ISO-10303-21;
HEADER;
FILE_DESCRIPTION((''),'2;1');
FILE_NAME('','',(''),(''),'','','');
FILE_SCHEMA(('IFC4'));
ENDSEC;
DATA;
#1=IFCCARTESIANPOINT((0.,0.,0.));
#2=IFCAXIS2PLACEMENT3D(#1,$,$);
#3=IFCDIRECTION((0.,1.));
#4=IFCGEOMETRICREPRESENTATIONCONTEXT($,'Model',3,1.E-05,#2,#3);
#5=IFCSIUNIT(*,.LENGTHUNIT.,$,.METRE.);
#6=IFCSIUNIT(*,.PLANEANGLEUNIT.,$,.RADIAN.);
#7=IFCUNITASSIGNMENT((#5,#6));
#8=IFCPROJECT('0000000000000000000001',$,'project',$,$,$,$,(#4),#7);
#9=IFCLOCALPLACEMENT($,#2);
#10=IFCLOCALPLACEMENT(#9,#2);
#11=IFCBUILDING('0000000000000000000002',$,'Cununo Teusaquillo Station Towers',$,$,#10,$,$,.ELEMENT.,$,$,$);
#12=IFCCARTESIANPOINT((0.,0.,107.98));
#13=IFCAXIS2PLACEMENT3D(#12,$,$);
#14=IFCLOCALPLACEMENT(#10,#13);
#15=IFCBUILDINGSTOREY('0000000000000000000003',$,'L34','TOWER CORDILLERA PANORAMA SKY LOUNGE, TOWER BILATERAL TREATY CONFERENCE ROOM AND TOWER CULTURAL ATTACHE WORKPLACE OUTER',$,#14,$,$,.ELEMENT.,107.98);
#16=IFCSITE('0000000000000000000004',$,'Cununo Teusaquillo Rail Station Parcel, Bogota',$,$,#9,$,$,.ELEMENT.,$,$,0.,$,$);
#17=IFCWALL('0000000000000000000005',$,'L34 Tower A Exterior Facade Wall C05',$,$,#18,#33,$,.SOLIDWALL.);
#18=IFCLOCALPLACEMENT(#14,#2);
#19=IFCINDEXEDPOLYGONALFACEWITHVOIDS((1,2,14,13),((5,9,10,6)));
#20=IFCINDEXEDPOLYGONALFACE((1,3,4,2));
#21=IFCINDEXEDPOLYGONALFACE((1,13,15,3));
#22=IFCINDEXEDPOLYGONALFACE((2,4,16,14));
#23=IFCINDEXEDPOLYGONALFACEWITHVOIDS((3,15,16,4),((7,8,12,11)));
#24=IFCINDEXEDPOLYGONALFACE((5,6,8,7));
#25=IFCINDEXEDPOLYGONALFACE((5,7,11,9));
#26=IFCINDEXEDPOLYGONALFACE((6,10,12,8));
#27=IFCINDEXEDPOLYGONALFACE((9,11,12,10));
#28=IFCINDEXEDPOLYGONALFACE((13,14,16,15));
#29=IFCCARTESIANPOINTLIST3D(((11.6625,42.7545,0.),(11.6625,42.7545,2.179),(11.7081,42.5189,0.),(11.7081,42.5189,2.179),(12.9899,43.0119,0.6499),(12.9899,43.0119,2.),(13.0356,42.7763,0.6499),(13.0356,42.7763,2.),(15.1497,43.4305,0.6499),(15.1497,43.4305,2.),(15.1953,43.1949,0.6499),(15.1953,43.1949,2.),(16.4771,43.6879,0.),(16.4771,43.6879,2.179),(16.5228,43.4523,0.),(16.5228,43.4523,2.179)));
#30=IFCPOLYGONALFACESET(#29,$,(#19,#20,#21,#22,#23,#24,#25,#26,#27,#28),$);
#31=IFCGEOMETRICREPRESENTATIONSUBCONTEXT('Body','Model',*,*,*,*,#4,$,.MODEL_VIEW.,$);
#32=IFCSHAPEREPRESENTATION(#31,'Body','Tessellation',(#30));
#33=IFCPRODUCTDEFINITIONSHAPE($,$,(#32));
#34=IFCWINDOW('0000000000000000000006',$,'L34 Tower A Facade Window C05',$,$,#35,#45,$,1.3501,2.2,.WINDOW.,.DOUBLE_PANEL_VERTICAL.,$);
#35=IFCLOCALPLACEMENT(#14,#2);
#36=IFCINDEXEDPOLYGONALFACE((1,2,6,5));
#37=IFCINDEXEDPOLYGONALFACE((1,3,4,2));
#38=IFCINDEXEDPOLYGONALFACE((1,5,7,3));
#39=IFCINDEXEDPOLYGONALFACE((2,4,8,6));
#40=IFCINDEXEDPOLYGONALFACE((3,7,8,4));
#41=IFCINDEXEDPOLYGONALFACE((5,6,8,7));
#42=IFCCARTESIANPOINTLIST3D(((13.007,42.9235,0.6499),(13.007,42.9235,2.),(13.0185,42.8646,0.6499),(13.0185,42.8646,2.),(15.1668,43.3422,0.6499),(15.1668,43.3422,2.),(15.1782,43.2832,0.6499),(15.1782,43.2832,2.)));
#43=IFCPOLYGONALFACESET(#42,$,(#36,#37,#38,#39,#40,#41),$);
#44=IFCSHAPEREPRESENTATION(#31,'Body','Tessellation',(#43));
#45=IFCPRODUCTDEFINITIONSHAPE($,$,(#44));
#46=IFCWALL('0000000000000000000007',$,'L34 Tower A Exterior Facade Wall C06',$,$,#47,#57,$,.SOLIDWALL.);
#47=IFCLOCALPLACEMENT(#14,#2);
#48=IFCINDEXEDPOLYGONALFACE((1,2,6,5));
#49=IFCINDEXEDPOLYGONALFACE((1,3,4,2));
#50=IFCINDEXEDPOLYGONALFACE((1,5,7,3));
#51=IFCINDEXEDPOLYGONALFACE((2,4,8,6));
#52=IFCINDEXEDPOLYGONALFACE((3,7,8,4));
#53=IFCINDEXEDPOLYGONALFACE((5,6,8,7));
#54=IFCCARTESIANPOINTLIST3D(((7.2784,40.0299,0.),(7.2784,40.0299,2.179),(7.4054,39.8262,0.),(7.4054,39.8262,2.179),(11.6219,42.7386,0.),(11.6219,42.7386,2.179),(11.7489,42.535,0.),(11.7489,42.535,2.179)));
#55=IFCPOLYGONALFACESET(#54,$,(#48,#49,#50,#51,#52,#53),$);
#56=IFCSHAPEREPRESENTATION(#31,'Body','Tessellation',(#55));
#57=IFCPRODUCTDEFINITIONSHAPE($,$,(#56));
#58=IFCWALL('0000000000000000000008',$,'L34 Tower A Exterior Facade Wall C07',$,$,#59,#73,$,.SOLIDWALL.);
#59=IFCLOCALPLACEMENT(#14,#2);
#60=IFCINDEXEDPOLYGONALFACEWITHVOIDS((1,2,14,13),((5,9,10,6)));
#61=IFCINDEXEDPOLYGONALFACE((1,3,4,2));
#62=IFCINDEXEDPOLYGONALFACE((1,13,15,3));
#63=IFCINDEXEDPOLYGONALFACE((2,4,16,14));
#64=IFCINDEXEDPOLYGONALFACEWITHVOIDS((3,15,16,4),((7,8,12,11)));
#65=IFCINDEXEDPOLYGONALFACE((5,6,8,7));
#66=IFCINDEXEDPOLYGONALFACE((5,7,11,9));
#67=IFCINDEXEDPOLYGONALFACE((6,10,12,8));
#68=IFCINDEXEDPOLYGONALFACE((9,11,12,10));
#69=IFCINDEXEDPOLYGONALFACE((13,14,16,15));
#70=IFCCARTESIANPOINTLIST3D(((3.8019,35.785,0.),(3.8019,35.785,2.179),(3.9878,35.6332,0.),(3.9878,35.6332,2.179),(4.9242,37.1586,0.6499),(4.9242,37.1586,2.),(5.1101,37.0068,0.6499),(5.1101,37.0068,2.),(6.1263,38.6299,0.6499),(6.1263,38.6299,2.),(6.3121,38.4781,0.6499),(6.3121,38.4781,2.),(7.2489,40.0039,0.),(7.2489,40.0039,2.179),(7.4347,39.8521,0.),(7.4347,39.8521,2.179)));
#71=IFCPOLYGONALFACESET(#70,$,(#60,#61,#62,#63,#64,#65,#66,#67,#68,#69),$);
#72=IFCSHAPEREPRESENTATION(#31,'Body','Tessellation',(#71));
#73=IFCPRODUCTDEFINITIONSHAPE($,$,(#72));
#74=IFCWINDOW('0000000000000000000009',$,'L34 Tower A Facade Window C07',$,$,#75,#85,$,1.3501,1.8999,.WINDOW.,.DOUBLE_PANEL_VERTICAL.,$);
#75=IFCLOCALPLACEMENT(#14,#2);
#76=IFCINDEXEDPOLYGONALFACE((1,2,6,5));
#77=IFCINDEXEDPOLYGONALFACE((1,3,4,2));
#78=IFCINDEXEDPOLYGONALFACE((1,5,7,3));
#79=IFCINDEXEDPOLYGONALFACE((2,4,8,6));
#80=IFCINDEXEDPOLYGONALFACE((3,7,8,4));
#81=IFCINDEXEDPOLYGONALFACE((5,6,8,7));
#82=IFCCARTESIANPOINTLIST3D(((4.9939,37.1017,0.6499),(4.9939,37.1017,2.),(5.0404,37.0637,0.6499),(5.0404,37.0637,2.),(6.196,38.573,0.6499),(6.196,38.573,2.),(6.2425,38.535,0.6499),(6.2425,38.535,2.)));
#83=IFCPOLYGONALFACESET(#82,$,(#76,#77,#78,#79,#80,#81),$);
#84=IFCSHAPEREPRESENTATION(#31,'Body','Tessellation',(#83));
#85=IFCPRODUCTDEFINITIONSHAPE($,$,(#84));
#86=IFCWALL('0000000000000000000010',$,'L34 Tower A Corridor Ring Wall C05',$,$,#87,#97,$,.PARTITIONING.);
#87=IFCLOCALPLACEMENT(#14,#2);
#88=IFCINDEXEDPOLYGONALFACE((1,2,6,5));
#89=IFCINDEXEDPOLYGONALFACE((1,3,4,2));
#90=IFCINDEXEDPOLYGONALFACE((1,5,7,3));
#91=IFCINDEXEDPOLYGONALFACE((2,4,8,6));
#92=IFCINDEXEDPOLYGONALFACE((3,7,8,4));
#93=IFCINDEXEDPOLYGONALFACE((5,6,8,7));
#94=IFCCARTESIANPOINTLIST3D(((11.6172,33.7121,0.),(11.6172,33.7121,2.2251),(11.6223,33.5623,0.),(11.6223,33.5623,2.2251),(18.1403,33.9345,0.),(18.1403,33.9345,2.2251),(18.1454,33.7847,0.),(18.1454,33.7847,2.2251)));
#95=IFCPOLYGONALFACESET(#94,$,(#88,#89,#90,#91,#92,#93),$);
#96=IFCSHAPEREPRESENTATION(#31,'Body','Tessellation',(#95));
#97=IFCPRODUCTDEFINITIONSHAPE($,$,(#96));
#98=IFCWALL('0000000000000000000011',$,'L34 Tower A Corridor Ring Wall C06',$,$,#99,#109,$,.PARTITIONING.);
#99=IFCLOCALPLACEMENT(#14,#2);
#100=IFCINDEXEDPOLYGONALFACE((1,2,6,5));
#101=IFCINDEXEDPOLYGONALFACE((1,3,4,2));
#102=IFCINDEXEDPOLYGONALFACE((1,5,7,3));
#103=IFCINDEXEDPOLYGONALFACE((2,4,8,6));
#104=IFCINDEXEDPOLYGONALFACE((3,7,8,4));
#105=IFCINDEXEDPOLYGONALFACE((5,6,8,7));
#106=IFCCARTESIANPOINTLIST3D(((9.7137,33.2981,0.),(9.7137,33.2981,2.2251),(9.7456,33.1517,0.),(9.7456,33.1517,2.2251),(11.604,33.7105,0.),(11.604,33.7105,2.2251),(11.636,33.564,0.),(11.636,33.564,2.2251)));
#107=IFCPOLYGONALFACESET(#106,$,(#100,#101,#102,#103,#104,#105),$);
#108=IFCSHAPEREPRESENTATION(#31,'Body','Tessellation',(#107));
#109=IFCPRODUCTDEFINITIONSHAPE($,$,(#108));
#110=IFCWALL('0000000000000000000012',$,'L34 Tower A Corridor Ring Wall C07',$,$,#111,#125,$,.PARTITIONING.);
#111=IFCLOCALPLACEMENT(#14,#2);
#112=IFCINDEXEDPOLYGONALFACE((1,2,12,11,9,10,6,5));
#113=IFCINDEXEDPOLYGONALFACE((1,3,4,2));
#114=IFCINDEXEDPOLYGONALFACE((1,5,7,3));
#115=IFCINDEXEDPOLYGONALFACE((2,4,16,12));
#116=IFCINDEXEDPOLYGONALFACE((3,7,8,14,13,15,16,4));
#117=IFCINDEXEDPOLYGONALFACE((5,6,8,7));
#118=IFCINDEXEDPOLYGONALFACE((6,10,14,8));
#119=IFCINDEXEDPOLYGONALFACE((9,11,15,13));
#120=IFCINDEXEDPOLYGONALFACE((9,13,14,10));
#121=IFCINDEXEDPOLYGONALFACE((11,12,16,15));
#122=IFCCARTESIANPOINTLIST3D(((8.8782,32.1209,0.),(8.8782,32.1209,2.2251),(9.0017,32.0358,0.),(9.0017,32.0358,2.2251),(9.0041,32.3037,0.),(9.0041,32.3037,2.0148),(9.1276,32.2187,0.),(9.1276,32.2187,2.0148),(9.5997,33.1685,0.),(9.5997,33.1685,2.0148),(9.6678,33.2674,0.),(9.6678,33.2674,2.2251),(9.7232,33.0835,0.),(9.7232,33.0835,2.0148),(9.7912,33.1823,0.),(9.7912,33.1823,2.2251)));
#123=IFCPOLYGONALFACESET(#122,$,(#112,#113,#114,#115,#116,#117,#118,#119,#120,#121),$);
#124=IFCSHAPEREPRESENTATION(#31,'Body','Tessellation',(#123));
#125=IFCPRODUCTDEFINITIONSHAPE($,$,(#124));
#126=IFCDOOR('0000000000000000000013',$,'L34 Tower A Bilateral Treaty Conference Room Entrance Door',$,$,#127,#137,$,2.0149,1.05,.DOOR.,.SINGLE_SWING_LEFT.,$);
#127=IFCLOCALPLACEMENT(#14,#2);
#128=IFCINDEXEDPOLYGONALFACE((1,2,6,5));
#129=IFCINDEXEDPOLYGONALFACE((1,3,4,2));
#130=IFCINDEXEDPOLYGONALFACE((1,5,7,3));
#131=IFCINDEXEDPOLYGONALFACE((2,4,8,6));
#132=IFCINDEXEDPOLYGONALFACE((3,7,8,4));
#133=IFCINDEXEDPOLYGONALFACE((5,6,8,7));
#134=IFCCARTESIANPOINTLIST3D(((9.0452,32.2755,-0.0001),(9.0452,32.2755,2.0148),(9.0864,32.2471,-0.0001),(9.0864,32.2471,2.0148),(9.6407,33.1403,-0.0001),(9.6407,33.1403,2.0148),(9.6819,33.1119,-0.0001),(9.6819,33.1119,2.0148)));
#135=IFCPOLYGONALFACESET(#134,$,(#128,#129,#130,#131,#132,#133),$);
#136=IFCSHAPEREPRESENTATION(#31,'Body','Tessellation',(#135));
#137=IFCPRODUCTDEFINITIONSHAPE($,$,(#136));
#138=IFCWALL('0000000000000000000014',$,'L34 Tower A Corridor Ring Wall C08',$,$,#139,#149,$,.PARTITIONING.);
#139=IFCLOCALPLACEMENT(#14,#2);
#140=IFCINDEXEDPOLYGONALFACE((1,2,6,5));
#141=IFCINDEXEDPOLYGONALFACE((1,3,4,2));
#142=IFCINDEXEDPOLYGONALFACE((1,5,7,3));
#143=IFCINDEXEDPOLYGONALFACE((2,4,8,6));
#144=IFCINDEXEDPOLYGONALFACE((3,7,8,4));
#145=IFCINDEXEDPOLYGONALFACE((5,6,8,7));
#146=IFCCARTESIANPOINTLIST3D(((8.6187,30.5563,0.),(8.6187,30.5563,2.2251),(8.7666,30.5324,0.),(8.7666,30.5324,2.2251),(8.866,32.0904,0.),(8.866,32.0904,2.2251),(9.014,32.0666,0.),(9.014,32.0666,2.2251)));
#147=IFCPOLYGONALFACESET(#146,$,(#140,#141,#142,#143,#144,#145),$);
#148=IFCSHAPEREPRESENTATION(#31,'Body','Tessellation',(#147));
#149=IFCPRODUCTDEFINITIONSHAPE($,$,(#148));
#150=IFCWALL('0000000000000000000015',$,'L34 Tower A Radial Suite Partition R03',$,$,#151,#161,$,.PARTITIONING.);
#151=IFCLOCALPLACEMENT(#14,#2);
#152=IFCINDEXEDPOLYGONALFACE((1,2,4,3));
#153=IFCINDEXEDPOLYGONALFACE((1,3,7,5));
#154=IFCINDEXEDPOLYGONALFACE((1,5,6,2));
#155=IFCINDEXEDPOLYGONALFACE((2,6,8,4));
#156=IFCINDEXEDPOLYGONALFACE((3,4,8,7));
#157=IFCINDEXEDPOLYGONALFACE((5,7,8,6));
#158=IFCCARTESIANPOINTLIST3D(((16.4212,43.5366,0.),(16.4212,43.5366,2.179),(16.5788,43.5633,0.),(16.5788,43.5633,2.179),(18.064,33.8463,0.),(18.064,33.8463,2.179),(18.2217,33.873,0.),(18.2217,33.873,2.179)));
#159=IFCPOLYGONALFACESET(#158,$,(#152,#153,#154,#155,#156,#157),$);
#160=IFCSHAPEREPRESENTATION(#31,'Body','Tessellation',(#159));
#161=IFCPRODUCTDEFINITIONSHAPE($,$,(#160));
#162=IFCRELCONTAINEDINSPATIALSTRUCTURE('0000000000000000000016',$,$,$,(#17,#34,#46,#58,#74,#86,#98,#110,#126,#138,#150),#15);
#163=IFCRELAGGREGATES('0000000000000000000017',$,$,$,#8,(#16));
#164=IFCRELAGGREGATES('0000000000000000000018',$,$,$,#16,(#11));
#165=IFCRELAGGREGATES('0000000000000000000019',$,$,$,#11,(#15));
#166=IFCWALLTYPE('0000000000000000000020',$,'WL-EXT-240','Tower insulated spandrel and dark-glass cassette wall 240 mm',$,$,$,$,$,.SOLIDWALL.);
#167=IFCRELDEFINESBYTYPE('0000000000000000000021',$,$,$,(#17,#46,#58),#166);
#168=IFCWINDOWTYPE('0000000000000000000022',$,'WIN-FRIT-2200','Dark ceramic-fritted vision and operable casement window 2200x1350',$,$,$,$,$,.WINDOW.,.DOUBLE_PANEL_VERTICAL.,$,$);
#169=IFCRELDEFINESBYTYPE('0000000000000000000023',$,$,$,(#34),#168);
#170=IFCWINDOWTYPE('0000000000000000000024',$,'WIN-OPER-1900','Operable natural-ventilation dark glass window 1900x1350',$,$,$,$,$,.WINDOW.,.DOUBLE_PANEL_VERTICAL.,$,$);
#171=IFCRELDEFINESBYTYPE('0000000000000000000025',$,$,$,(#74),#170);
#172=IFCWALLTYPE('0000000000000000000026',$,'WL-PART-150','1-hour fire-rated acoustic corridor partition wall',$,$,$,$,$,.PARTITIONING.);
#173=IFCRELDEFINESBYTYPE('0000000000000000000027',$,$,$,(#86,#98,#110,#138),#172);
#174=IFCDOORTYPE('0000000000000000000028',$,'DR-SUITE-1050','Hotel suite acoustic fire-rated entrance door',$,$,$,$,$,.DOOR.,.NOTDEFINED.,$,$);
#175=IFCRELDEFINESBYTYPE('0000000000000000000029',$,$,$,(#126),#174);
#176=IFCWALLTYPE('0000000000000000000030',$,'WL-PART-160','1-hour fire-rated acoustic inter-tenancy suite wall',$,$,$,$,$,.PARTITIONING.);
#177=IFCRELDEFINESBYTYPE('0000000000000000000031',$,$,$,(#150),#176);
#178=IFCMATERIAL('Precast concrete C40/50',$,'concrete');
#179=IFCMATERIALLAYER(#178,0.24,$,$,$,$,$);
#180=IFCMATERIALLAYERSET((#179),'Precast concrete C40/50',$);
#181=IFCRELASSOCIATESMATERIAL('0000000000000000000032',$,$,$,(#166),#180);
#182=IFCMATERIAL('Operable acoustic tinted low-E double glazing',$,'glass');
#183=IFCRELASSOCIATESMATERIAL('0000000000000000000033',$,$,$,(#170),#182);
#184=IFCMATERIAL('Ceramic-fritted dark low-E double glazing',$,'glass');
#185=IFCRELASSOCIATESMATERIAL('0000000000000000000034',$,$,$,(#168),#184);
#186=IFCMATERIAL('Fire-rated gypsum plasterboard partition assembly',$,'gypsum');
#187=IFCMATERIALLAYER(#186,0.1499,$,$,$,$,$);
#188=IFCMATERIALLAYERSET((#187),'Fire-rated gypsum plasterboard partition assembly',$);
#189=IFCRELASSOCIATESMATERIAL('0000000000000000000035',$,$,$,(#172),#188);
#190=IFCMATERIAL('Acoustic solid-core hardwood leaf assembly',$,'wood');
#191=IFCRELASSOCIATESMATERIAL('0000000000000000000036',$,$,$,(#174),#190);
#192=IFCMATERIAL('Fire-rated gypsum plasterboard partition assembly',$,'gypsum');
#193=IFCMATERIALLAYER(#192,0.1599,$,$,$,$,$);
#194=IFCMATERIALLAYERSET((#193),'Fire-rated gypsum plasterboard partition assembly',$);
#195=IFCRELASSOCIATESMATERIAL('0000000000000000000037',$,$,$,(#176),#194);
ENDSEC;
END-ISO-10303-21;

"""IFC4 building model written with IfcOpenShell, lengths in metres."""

from ifc_helpers import new_model, si_unit, direction, frame, frame_2d, origin, place, context, subcontext, project, spatial, rectangle, extrude, source, transform, mapped, material, layer, layer_set, type_object, element, fill, save


model = new_model("IFC4")

# Units and contexts
model_context = context("Model", 3, precision=1e-05, world=origin(), true_north=direction((0.0, 1.0)))
body_context = subcontext(model_context, "Body", "Model", "MODEL_VIEW")
ifc_project = project(units=[si_unit("LENGTHUNIT", "METRE"), si_unit("PLANEANGLEUNIT", "RADIAN")], contexts=[model_context])

# Site, building, storey
site_placement = place(None, origin())
site = spatial("IfcSite", under=ifc_project, at=site_placement, Name="Cununo Teusaquillo Rail Station Parcel, Bogota", CompositionType="ELEMENT", RefElevation=0.0)
building_placement = place(site_placement, origin())
building = spatial("IfcBuilding", under=site, at=building_placement, Name="Cununo Teusaquillo Station Towers", CompositionType="ELEMENT")
storey_placement = place(building_placement, frame((0.0, 0.0, 107.98)))
storey = spatial("IfcBuildingStorey", under=building, at=storey_placement, Name="L34", Description="TOWER CORDILLERA PANORAMA SKY LOUNGE, TOWER BILATERAL TREATY CONFERENCE ROOM AND TOWER CULTURAL ATTACHE WORKPLACE OUTER", CompositionType="ELEMENT", Elevation=107.98)

# Wall, opening, window
ifc_material_1 = material(Name="Precast concrete C40/50", Category="concrete")
ifc_layer_1 = layer(ifc_material_1, 0.24)
ifc_layer_set_1 = layer_set([ifc_layer_1], Name="Precast concrete C40/50")
wall_type_1 = type_object("IfcWallType", Name="WL-EXT-240", Description="Tower insulated spandrel and dark-glass cassette wall 240 mm", PredefinedType="SOLIDWALL", material=ifc_layer_set_1)
shared_shape_1 = source(origin(), body_context, "Body", "SweptSolid", [
    extrude(rectangle(XDim=1.8999, YDim=1.3501, at=frame_2d((0.95, 0.675))), frame((0.0, 0.1299, 0.0), z_axis=(0.0, -1.0, 0.0), x_axis=(1.0, 0.0, 0.0)), (0.0, 0.0, 1.0), 0.26),
])
ifc_material_2 = material(Name="Operable acoustic tinted low-E double glazing", Category="glass")
window_type_1 = type_object("IfcWindowType", Name="WIN-OPER-1900", Description="Operable natural-ventilation dark glass window 1900x1350", PartitioningType="DOUBLE_PANEL_VERTICAL", PredefinedType="WINDOW", material=ifc_material_2)
shared_shape_2 = source(origin(), body_context, "Body", "SweptSolid", [
    extrude(rectangle(XDim=1.8999, YDim=1.3501, at=frame_2d((0.95, 0.675))), frame((0.0, 0.03, 0.0), z_axis=(0.0, -1.0, 0.0), x_axis=(1.0, 0.0, 0.0)), (0.0, 0.0, 1.0), 0.0601),
])
wall_1_placement = place(storey_placement, frame((11.6853, 42.6367, 0.0), z_axis=(0.0, 0.0, 1.0), x_axis=(0.981724, 0.190311, 0.0)))
wall_1 = element("IfcWall", 1, at=wall_1_placement, inside=storey, type_object=wall_type_1, Name="L34 Tower A Exterior Facade Wall C05", PredefinedType="SOLIDWALL", context=body_context, shape_type="SweptSolid", body=[
    extrude(rectangle(XDim=4.9043, YDim=0.24, at=frame_2d((2.4521, 0.0))), origin(), (0.0, 0.0, 1.0), 2.179),
])
shared_shape_3 = source(origin(), body_context, "Body", "SweptSolid", [
    extrude(rectangle(XDim=2.2, YDim=1.3501, at=frame_2d((1.1001, 0.675))), frame((0.0, 0.1299, 0.0), z_axis=(0.0, -1.0, 0.0), x_axis=(1.0, 0.0, 0.0)), (0.0, 0.0, 1.0), 0.26),
])
opening_1_placement = place(wall_1_placement, frame((1.3521, 0.0, 0.6499)))
opening_1 = element("IfcOpeningElement", 2, at=opening_1_placement, cuts=wall_1, PredefinedType="OPENING", context=body_context, shape_type="MappedRepresentation", body=[
    mapped(shared_shape_3, transform((0.0, 0.0, 0.0), x_axis=(1.0, 0.0, 0.0), y_axis=(0.0, 1.0, 0.0), z_axis=(0.0, 0.0, 1.0), scale=1.0)),
])
ifc_material_3 = material(Name="Ceramic-fritted dark low-E double glazing", Category="glass")
window_type_2 = type_object("IfcWindowType", Name="WIN-FRIT-2200", Description="Dark ceramic-fritted vision and operable casement window 2200x1350", PartitioningType="DOUBLE_PANEL_VERTICAL", PredefinedType="WINDOW", material=ifc_material_3)
shared_shape_4 = source(origin(), body_context, "Body", "SweptSolid", [
    extrude(rectangle(XDim=2.2, YDim=1.3501, at=frame_2d((1.1001, 0.675))), frame((0.0, 0.03, 0.0), z_axis=(0.0, -1.0, 0.0), x_axis=(1.0, 0.0, 0.0)), (0.0, 0.0, 1.0), 0.0601),
])
window_1_placement = place(opening_1_placement, origin())
window_1 = element("IfcWindow", 3, at=window_1_placement, inside=storey, type_object=window_type_2, Name="L34 Tower A Facade Window C05", OverallHeight=1.3501, OverallWidth=2.2, PartitioningType="DOUBLE_PANEL_VERTICAL", PredefinedType="WINDOW", context=body_context, shape_type="MappedRepresentation", body=[
    mapped(shared_shape_4, transform((0.0, 0.0, 0.0), x_axis=(1.0, 0.0, 0.0), y_axis=(0.0, 1.0, 0.0), z_axis=(0.0, 0.0, 1.0), scale=1.0)),
])
fill(opening_1, window_1)

# Wall
wall_2_placement = place(storey_placement, frame((7.3418, 39.928, 0.0), z_axis=(0.0, 0.0, 1.0), x_axis=(0.84852, 0.529163, 0.0)))
element("IfcWall", 4, at=wall_2_placement, inside=storey, type_object=wall_type_1, Name="L34 Tower A Exterior Facade Wall C06", PredefinedType="SOLIDWALL", context=body_context, shape_type="SweptSolid", body=[
    extrude(rectangle(XDim=5.1189, YDim=0.24, at=frame_2d((2.5596, 0.0))), origin(), (0.0, 0.0, 1.0), 2.179),
])

# Wall, opening, window
wall_3_placement = place(storey_placement, frame((3.8948, 35.709, 0.0), z_axis=(0.0, 0.0, 1.0), x_axis=(0.632701, 0.774396, 0.0)))
wall_3 = element("IfcWall", 5, at=wall_3_placement, inside=storey, type_object=wall_type_1, Name="L34 Tower A Exterior Facade Wall C07", PredefinedType="SOLIDWALL", context=body_context, shape_type="SweptSolid", body=[
    extrude(rectangle(XDim=5.448, YDim=0.24, at=frame_2d((2.7241, 0.0))), origin(), (0.0, 0.0, 1.0), 2.179),
])
opening_2_placement = place(wall_3_placement, frame((1.7739, 0.0, 0.6499)))
opening_2 = element("IfcOpeningElement", 6, at=opening_2_placement, cuts=wall_3, PredefinedType="OPENING", context=body_context, shape_type="MappedRepresentation", body=[
    mapped(shared_shape_1, transform((0.0, 0.0, 0.0), x_axis=(1.0, 0.0, 0.0), y_axis=(0.0, 1.0, 0.0), z_axis=(0.0, 0.0, 1.0), scale=1.0)),
])
window_2_placement = place(opening_2_placement, origin())
window_2 = element("IfcWindow", 7, at=window_2_placement, inside=storey, type_object=window_type_1, Name="L34 Tower A Facade Window C07", OverallHeight=1.3501, OverallWidth=1.8999, PartitioningType="DOUBLE_PANEL_VERTICAL", PredefinedType="WINDOW", context=body_context, shape_type="MappedRepresentation", body=[
    mapped(shared_shape_2, transform((0.0, 0.0, 0.0), x_axis=(1.0, 0.0, 0.0), y_axis=(0.0, 1.0, 0.0), z_axis=(0.0, 0.0, 1.0), scale=1.0)),
])
fill(opening_2, window_2)

# Walls
ifc_material_4 = material(Name="Fire-rated gypsum plasterboard partition assembly", Category="gypsum")
ifc_layer_2 = layer(ifc_material_4, 0.1499)
ifc_layer_set_2 = layer_set([ifc_layer_2], Name="Fire-rated gypsum plasterboard partition assembly")
wall_type_2 = type_object("IfcWallType", Name="WL-PART-150", Description="1-hour fire-rated acoustic corridor partition wall", PredefinedType="PARTITIONING", material=ifc_layer_set_2)
wall_4_placement = place(storey_placement, frame((18.1428, 33.8596, 0.0), z_axis=(0.0, 0.0, 1.0), x_axis=(-0.999419, -0.034077, 0.0)))
element("IfcWall", 8, at=wall_4_placement, inside=storey, type_object=wall_type_2, Name="L34 Tower A Corridor Ring Wall C05", PredefinedType="PARTITIONING", context=body_context, shape_type="SweptSolid", body=[
    extrude(rectangle(XDim=6.5269, YDim=0.1499, at=frame_2d((3.2634, 0.0))), origin(), (0.0, 0.0, 1.0), 2.2251),
])
wall_5_placement = place(storey_placement, frame((11.6199, 33.6372, 0.0), z_axis=(0.0, 0.0, 1.0), x_axis=(-0.977026, -0.213121, 0.0)))
element("IfcWall", 9, at=wall_5_placement, inside=storey, type_object=wall_type_2, Name="L34 Tower A Corridor Ring Wall C06", PredefinedType="PARTITIONING", context=body_context, shape_type="SweptSolid", body=[
    extrude(rectangle(XDim=1.9348, YDim=0.1499, at=frame_2d((0.9673, 0.0))), origin(), (0.0, 0.0, 1.0), 2.2251),
])

# Wall, opening, door
wall_6_placement = place(storey_placement, frame((9.7295, 33.2249, 0.0), z_axis=(0.0, 0.0, 1.0), x_axis=(-0.567184, -0.823591, 0.0)))
wall_6 = element("IfcWall", 10, at=wall_6_placement, inside=storey, type_object=wall_type_2, Name="L34 Tower A Corridor Ring Wall C07", PredefinedType="PARTITIONING", context=body_context, shape_type="SweptSolid", body=[
    extrude(rectangle(XDim=1.3921, YDim=0.1499, at=frame_2d((0.696, 0.0))), origin(), (0.0, 0.0, 1.0), 2.2251),
])
shared_shape_5 = source(origin(), body_context, "Body", "SweptSolid", [
    extrude(rectangle(XDim=1.05, YDim=2.0149, at=frame_2d((0.5249, 1.0073))), frame((0.0, 0.085, 0.0), z_axis=(0.0, -1.0, 0.0), x_axis=(1.0, 0.0, 0.0)), (0.0, 0.0, 1.0), 0.1699),
])
opening_3_placement = place(wall_6_placement, frame((0.1201, 0.0, 0.0)))
opening_3 = element("IfcOpeningElement", 11, at=opening_3_placement, cuts=wall_6, PredefinedType="OPENING", context=body_context, shape_type="MappedRepresentation", body=[
    mapped(shared_shape_5, transform((0.0, 0.0, 0.0), x_axis=(1.0, 0.0, 0.0), y_axis=(0.0, 1.0, 0.0), z_axis=(0.0, 0.0, 1.0), scale=1.0)),
])
ifc_material_5 = material(Name="Acoustic solid-core hardwood leaf assembly", Category="wood")
door_type = type_object("IfcDoorType", Name="DR-SUITE-1050", Description="Hotel suite acoustic fire-rated entrance door", OperationType="NOTDEFINED", PredefinedType="DOOR", material=ifc_material_5)
shared_shape_6 = source(origin(), body_context, "Body", "SweptSolid", [
    extrude(rectangle(XDim=1.05, YDim=2.0149, at=frame_2d((0.5249, 1.0073))), frame((0.0, 0.0249, 0.0), z_axis=(0.0, -1.0, 0.0), x_axis=(1.0, 0.0, 0.0)), (0.0, 0.0, 1.0), 0.05),
])
door_placement = place(opening_3_placement, origin())
door = element("IfcDoor", 12, at=door_placement, inside=storey, type_object=door_type, Name="L34 Tower A Bilateral Treaty Conference Room Entrance Door", OperationType="SINGLE_SWING_LEFT", OverallHeight=2.0149, OverallWidth=1.05, PredefinedType="DOOR", context=body_context, shape_type="MappedRepresentation", body=[
    mapped(shared_shape_6, transform((0.0, 0.0, 0.0), x_axis=(1.0, 0.0, 0.0), y_axis=(0.0, 1.0, 0.0), z_axis=(0.0, 0.0, 1.0), scale=1.0)),
])
fill(opening_3, door)

# Walls
wall_7_placement = place(storey_placement, frame((8.9399, 32.0784, 0.0), z_axis=(0.0, 0.0, 1.0), x_axis=(-0.159148, -0.987255, 0.0)))
element("IfcWall", 13, at=wall_7_placement, inside=storey, type_object=wall_type_2, Name="L34 Tower A Corridor Ring Wall C08", PredefinedType="PARTITIONING", context=body_context, shape_type="SweptSolid", body=[
    extrude(rectangle(XDim=1.554, YDim=0.1499, at=frame_2d((0.7769, 0.0))), origin(), (0.0, 0.0, 1.0), 2.2251),
])
ifc_material_6 = material(Name="Fire-rated gypsum plasterboard partition assembly", Category="gypsum")
ifc_layer_3 = layer(ifc_material_6, 0.1599)
ifc_layer_set_3 = layer_set([ifc_layer_3], Name="Fire-rated gypsum plasterboard partition assembly")
wall_type_3 = type_object("IfcWallType", Name="WL-PART-160", Description="1-hour fire-rated acoustic inter-tenancy suite wall", PredefinedType="PARTITIONING", material=ifc_layer_set_3)
wall_8_placement = place(storey_placement, frame((18.1428, 33.8596, 0.0), z_axis=(0.0, 0.0, 1.0), x_axis=(-0.167145, 0.985932, 0.0)))
element("IfcWall", 14, at=wall_8_placement, inside=storey, type_object=wall_type_3, Name="L34 Tower A Radial Suite Partition R03", PredefinedType="PARTITIONING", context=body_context, shape_type="SweptSolid", body=[
    extrude(rectangle(XDim=9.8286, YDim=0.1599, at=frame_2d((4.9143, 0.0))), origin(), (0.0, 0.0, 1.0), 2.179),
])

save(model, "model.ifc")
